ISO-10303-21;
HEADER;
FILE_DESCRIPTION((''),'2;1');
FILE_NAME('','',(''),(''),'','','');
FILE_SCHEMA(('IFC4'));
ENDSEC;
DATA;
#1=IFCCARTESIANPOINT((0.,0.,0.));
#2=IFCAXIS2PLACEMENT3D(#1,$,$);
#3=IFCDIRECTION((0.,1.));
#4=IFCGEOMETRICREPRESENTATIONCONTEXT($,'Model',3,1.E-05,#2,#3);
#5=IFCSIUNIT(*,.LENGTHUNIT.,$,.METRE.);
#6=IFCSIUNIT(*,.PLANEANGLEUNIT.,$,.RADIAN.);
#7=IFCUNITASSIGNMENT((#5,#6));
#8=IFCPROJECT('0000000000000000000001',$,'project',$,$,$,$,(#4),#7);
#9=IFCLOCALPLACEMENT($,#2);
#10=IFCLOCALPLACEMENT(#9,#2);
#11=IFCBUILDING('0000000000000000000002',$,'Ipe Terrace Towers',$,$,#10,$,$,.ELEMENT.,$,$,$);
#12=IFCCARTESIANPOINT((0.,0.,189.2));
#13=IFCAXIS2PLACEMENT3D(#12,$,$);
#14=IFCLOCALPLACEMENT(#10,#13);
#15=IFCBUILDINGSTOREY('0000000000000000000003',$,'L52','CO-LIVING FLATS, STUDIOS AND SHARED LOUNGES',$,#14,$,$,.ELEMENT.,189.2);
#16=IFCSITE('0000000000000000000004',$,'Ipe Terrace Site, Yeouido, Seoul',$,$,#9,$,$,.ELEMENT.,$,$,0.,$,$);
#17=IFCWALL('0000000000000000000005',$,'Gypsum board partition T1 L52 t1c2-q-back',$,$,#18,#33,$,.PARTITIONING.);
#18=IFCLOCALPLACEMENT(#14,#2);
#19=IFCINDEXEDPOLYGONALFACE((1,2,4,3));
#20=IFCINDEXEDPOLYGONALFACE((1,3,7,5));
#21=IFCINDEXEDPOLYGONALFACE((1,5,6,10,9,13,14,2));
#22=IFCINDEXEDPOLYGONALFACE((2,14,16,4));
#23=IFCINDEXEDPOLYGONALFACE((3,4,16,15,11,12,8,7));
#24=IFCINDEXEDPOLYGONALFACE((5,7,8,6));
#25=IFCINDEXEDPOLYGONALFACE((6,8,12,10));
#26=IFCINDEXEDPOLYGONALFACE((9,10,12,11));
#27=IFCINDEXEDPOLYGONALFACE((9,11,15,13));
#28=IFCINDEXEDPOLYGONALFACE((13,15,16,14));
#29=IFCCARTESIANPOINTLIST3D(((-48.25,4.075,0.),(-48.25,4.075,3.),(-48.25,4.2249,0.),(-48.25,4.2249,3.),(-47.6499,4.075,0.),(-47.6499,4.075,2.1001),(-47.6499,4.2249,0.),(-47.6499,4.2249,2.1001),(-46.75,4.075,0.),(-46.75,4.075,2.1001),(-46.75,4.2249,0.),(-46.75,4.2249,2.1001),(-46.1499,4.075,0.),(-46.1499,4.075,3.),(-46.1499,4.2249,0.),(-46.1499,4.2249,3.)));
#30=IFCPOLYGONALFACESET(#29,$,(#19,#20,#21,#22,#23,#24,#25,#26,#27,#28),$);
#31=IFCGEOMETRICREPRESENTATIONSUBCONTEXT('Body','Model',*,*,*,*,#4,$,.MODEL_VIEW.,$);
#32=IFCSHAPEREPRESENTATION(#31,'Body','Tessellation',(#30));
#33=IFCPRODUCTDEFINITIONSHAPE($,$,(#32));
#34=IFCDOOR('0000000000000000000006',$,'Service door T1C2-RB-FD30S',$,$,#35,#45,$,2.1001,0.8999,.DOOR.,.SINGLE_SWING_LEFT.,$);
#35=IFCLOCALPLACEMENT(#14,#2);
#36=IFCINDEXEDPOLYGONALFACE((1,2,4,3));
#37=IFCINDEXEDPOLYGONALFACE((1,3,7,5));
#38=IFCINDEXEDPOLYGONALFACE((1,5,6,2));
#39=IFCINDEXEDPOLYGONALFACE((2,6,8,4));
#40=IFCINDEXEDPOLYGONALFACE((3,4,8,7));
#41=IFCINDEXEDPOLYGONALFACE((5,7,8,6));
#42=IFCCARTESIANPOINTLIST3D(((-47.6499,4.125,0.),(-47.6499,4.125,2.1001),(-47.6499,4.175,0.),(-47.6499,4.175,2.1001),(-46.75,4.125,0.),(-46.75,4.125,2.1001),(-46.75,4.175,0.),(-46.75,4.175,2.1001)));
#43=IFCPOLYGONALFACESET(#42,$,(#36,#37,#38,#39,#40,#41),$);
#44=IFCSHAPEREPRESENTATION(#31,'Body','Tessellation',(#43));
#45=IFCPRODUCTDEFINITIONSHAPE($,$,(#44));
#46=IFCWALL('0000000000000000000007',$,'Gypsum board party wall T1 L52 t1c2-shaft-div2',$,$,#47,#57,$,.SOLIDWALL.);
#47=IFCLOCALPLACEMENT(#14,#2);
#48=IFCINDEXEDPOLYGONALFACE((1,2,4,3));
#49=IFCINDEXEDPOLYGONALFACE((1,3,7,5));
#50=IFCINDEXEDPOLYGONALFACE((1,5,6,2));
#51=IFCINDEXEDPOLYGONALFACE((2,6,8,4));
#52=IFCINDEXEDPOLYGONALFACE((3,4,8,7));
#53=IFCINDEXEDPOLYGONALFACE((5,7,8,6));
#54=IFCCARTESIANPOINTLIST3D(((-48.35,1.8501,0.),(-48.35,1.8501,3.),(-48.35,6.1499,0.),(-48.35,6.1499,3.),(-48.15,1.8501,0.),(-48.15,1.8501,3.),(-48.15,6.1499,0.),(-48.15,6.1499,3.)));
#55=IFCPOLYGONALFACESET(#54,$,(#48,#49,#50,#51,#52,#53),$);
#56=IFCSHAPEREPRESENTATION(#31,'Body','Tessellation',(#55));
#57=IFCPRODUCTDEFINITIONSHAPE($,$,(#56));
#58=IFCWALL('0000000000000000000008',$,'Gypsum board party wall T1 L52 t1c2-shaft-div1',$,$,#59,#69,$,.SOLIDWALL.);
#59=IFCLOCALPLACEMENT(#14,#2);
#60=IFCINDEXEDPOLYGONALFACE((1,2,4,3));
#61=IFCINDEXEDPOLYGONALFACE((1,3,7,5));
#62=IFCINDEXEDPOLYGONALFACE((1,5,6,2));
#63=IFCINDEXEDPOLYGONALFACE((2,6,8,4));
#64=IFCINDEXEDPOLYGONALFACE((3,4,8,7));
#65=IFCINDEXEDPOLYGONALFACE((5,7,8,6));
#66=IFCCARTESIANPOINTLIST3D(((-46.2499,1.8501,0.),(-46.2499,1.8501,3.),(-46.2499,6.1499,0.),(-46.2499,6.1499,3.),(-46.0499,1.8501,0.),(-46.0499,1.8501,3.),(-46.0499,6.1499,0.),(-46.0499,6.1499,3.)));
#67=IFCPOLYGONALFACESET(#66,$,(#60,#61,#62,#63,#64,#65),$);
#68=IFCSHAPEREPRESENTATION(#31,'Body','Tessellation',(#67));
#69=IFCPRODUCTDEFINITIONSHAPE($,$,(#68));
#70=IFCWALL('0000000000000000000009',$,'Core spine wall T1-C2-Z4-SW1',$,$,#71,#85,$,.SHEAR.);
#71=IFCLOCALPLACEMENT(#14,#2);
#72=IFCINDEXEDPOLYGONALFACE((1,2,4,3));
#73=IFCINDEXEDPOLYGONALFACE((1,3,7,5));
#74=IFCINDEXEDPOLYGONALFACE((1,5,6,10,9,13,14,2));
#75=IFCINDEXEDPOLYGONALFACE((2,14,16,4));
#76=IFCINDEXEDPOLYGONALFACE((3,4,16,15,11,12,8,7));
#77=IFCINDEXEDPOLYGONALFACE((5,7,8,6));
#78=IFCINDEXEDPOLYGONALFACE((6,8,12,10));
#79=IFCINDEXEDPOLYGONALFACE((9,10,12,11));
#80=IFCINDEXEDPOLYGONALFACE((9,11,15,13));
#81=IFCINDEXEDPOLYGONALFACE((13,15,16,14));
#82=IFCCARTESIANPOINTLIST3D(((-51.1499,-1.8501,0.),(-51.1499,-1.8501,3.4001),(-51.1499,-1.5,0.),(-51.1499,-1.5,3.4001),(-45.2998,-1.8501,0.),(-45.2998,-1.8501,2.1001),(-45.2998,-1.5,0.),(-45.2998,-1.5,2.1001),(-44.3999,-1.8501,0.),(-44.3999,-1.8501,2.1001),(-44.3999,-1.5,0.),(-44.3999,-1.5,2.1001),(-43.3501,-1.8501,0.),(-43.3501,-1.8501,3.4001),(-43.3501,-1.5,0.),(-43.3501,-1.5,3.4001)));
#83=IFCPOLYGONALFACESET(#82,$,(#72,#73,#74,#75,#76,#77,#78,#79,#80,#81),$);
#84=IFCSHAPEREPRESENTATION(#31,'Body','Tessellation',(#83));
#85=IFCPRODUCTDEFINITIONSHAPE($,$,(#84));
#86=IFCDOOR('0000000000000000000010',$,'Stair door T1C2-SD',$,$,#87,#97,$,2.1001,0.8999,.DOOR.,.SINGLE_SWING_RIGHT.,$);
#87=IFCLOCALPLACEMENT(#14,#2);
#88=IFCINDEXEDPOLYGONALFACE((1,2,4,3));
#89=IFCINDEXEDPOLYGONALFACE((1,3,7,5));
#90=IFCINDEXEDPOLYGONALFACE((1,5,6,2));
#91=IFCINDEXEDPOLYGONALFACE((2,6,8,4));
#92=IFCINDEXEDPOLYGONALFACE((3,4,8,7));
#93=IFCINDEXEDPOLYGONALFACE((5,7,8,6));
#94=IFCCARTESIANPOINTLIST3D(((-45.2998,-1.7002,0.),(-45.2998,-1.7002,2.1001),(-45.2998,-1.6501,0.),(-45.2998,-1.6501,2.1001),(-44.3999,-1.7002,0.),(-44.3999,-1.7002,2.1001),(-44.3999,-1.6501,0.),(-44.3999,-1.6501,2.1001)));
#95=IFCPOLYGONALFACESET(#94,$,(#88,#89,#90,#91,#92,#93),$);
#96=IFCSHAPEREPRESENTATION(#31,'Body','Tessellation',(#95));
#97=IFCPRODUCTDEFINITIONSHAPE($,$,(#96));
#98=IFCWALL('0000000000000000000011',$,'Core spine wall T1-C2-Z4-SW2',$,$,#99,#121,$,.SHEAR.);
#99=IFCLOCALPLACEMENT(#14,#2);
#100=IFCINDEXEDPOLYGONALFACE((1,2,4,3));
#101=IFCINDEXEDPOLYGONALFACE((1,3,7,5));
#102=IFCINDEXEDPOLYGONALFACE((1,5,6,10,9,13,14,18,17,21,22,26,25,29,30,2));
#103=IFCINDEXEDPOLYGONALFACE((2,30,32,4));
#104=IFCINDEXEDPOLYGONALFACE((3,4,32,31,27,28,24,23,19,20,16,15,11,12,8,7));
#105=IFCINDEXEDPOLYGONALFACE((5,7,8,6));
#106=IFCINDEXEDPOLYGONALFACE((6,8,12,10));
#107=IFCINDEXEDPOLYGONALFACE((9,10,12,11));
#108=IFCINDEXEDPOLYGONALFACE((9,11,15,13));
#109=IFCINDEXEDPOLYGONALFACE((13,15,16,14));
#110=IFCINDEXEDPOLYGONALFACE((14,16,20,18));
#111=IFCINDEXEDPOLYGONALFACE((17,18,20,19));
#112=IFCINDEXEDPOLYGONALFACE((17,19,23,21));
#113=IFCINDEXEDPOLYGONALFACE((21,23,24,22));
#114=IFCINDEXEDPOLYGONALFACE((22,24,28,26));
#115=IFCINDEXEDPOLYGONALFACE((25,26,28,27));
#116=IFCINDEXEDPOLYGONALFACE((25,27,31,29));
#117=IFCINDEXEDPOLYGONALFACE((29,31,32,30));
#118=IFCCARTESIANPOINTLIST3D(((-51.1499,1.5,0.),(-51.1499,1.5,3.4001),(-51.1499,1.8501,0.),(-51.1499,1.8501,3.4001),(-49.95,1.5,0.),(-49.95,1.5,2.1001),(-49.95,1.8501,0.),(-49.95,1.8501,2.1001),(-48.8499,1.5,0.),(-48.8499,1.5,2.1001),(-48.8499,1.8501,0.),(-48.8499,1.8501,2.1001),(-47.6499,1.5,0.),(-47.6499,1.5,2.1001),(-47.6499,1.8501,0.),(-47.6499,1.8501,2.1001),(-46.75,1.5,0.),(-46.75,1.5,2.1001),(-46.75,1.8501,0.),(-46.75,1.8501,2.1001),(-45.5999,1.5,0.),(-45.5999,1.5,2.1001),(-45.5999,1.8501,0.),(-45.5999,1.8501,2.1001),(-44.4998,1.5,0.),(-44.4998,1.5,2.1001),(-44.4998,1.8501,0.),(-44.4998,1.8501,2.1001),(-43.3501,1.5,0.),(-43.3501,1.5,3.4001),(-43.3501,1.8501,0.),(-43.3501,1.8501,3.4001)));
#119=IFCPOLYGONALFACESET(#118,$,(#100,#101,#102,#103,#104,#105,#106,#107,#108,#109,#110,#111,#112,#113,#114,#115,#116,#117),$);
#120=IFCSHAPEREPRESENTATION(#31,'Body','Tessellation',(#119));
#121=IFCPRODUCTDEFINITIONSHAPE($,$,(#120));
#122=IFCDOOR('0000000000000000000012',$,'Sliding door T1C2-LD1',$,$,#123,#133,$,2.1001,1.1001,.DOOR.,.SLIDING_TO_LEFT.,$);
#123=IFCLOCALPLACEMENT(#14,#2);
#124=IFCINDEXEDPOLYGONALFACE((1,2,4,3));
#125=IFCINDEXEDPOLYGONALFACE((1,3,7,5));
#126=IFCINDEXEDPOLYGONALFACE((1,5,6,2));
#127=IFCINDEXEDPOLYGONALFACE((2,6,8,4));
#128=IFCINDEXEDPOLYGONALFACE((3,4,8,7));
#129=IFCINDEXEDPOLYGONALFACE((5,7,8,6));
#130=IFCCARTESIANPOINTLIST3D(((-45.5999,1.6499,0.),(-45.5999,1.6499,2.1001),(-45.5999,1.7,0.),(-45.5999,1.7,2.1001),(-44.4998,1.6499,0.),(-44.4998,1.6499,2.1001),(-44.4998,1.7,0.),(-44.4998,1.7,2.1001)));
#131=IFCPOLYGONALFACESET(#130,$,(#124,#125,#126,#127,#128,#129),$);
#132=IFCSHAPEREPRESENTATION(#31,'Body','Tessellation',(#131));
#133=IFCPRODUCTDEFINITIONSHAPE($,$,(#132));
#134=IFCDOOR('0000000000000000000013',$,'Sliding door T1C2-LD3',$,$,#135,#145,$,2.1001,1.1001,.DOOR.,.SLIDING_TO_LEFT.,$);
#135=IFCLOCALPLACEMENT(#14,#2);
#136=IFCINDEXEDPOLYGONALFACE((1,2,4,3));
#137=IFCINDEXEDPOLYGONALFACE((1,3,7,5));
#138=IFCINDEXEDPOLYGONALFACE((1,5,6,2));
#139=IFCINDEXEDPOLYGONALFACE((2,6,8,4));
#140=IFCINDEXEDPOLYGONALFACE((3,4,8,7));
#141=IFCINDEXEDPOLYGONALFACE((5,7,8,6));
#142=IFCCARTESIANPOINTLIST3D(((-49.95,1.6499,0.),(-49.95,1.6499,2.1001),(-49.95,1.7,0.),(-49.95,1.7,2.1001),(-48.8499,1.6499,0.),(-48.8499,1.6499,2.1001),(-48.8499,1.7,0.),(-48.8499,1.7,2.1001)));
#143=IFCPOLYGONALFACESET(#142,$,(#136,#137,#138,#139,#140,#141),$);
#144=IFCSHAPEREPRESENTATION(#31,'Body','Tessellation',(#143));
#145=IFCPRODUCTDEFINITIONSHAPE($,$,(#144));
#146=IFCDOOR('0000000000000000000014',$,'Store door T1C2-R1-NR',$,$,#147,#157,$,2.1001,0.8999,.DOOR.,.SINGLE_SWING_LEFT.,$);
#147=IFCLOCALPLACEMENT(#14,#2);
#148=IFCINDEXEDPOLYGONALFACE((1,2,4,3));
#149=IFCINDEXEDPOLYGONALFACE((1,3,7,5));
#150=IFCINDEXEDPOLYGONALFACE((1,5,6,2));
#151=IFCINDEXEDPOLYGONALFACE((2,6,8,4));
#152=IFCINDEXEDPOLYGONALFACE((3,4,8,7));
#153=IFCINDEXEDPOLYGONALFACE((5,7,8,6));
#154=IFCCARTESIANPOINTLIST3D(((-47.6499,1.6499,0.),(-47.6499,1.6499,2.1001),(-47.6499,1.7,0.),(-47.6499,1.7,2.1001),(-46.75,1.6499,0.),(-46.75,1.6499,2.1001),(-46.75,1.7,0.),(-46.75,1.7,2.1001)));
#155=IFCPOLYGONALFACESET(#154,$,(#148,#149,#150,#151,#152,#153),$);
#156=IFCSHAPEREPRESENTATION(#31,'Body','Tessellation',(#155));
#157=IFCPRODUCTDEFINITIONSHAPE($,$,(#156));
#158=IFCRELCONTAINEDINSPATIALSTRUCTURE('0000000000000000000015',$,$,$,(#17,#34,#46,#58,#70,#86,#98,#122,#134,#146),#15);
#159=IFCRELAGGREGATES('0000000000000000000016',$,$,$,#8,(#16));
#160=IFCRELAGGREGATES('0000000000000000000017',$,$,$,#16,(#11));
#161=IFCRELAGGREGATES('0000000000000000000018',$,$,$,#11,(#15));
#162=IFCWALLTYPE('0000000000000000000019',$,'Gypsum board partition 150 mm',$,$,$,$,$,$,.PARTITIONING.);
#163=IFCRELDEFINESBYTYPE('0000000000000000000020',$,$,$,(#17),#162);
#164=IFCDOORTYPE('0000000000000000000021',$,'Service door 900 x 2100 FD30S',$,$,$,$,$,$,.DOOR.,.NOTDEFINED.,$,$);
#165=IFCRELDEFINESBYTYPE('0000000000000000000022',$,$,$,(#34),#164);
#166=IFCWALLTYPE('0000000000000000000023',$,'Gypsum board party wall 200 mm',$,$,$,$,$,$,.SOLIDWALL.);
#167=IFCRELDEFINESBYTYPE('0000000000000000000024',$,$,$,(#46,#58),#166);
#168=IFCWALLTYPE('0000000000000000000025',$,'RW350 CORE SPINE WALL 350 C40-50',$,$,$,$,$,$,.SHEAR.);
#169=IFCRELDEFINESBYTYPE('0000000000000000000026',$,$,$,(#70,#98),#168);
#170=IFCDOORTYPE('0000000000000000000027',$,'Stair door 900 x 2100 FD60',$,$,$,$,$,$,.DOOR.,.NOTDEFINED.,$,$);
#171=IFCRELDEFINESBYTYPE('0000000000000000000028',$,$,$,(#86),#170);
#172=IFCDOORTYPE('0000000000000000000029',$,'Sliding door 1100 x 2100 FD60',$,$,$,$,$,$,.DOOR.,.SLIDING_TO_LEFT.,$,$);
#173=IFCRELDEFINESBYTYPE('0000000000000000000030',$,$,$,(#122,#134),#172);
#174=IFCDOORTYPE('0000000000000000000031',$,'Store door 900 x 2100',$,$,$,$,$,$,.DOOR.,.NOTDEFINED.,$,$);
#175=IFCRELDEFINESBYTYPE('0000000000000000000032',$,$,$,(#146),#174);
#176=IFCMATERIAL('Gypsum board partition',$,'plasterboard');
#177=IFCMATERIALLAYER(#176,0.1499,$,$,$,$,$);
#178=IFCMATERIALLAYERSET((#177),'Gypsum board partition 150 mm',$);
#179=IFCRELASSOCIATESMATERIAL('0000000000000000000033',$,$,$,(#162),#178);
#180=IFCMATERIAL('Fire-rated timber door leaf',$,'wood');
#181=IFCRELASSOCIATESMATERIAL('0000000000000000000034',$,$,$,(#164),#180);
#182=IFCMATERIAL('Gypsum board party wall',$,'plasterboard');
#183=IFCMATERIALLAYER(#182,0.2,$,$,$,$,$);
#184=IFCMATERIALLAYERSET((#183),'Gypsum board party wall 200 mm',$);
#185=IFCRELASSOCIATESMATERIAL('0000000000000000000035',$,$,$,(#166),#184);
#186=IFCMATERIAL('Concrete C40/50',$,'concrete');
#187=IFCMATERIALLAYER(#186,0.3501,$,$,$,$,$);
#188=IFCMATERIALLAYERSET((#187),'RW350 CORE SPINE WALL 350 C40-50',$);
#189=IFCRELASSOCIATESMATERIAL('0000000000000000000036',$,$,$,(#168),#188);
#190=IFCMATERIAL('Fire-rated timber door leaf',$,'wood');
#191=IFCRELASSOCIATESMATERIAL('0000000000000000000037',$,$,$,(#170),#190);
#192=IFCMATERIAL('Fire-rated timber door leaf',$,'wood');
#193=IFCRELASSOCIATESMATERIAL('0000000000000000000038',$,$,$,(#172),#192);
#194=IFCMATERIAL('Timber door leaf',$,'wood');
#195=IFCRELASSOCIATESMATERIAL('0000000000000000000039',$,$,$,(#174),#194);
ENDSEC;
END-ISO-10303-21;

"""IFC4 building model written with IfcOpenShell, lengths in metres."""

from ifc_helpers import new_model, si_unit, direction, frame, frame_2d, origin, place, context, subcontext, project, spatial, rectangle, extrude, material, layer, layer_set, type_object, element, fill, save


model = new_model("IFC4")

# Units and contexts
model_context = context("Model", 3, precision=1e-05, world=origin(), true_north=direction((0.0, 1.0)))
body_context = subcontext(model_context, "Body", "Model", "MODEL_VIEW")
ifc_project = project(units=[si_unit("LENGTHUNIT", "METRE"), si_unit("PLANEANGLEUNIT", "RADIAN")], contexts=[model_context])

# Site, building, storey
site_placement = place(None, origin())
site = spatial("IfcSite", under=ifc_project, at=site_placement, Name="Ipe Terrace Site, Yeouido, Seoul", CompositionType="ELEMENT", RefElevation=0.0)
building_placement = place(site_placement, origin())
building = spatial("IfcBuilding", under=site, at=building_placement, Name="Ipe Terrace Towers", CompositionType="ELEMENT")
storey_placement = place(building_placement, frame((0.0, 0.0, 189.2)))
storey = spatial("IfcBuildingStorey", under=building, at=storey_placement, Name="L52", Description="CO-LIVING FLATS, STUDIOS AND SHARED LOUNGES", CompositionType="ELEMENT", Elevation=189.2)

# Wall, opening, door
ifc_material_1 = material(Name="Gypsum board partition", Category="plasterboard")
ifc_layer_1 = layer(ifc_material_1, 0.1499)
ifc_layer_set_1 = layer_set([ifc_layer_1], Name="Gypsum board partition 150 mm")
wall_type_1 = type_object("IfcWallType", Name="Gypsum board partition 150 mm", PredefinedType="PARTITIONING", material=ifc_layer_set_1)
wall_1_placement = place(storey_placement, frame((-46.1499, 4.1499, 0.0), z_axis=(0.0, 0.0, 1.0), x_axis=(-1.0, 0.0, 0.0)))
wall_1 = element("IfcWall", 1, at=wall_1_placement, inside=storey, type_object=wall_type_1, Name="Gypsum board partition T1 L52 t1c2-q-back", PredefinedType="PARTITIONING", context=body_context, shape_type="SweptSolid", body=[
    extrude(rectangle(XDim=2.1001, YDim=0.1499, at=frame_2d((1.05, 0.0))), origin(), (0.0, 0.0, 1.0), 3.0),
])
opening_1_placement = place(wall_1_placement, frame((0.6001, 0.0, 0.0)))
opening_1 = element("IfcOpeningElement", 2, at=opening_1_placement, cuts=wall_1, PredefinedType="OPENING", context=body_context, shape_type="SweptSolid", body=[
    extrude(rectangle(XDim=0.8999, YDim=2.1001, at=frame_2d((0.45, 1.05))), frame((0.0, 0.085, 0.0), z_axis=(0.0, -1.0, 0.0), x_axis=(1.0, 0.0, 0.0)), (0.0, 0.0, 1.0), 0.1699),
])
ifc_material_2 = material(Name="Fire-rated timber door leaf", Category="wood")
door_type_1 = type_object("IfcDoorType", Name="Service door 900 x 2100 FD30S", OperationType="NOTDEFINED", PredefinedType="DOOR", material=ifc_material_2)
door_1_placement = place(opening_1_placement, origin())
door_1 = element("IfcDoor", 3, at=door_1_placement, inside=storey, type_object=door_type_1, Name="Service door T1C2-RB-FD30S", OperationType="SINGLE_SWING_LEFT", OverallHeight=2.1001, OverallWidth=0.8999, PredefinedType="DOOR", context=body_context, shape_type="SweptSolid", body=[
    extrude(rectangle(XDim=0.8999, YDim=2.1001, at=frame_2d((0.45, 1.05))), frame((0.0, 0.0249, 0.0), z_axis=(0.0, -1.0, 0.0), x_axis=(1.0, 0.0, 0.0)), (0.0, 0.0, 1.0), 0.05),
])
fill(opening_1, door_1)

# Walls
ifc_material_3 = material(Name="Gypsum board party wall", Category="plasterboard")
ifc_layer_2 = layer(ifc_material_3, 0.2)
ifc_layer_set_2 = layer_set([ifc_layer_2], Name="Gypsum board party wall 200 mm")
wall_type_2 = type_object("IfcWallType", Name="Gypsum board party wall 200 mm", PredefinedType="SOLIDWALL", material=ifc_layer_set_2)
for number, where, z_axis, x_axis, name in (
    (4, (-48.25, 6.1499, 0.0), (0.0, 0.0, 1.0), (0.0, -1.0, 0.0), "Gypsum board party wall T1 L52 t1c2-shaft-div2"),
    (5, (-46.1499, 6.1499, 0.0), (0.0, 0.0, 1.0), (0.0, -1.0, 0.0), "Gypsum board party wall T1 L52 t1c2-shaft-div1"),
):
    element("IfcWall", number, at=place(storey_placement, frame(where, z_axis=z_axis, x_axis=x_axis)), inside=storey, type_object=wall_type_2, Name=name, PredefinedType="SOLIDWALL", context=body_context, shape_type="SweptSolid", body=[
        extrude(rectangle(XDim=4.2998, YDim=0.2, at=frame_2d((2.1499, 0.0))), origin(), (0.0, 0.0, 1.0), 3.0),
    ])

# Wall, opening, door
ifc_material_4 = material(Name="Concrete C40/50", Category="concrete")
ifc_layer_3 = layer(ifc_material_4, 0.3501)
ifc_layer_set_3 = layer_set([ifc_layer_3], Name="RW350 CORE SPINE WALL 350 C40-50")
wall_type_3 = type_object("IfcWallType", Name="RW350 CORE SPINE WALL 350 C40-50", PredefinedType="SHEAR", material=ifc_layer_set_3)
wall_2_placement = place(storey_placement, frame((-51.1499, -1.675, 0.0), z_axis=(0.0, 0.0, 1.0), x_axis=(1.0, 0.0, 0.0)))
wall_2 = element("IfcWall", 6, at=wall_2_placement, inside=storey, type_object=wall_type_3, Name="Core spine wall T1-C2-Z4-SW1", PredefinedType="SHEAR", context=body_context, shape_type="SweptSolid", body=[
    extrude(rectangle(XDim=7.7998, YDim=0.3501, at=frame_2d((3.8999, 0.0))), origin(), (0.0, 0.0, 1.0), 3.4001),
])
opening_2_placement = place(wall_2_placement, frame((5.8501, 0.0, 0.0)))
opening_2 = element("IfcOpeningElement", 7, at=opening_2_placement, cuts=wall_2, PredefinedType="OPENING", context=body_context, shape_type="SweptSolid", body=[
    extrude(rectangle(XDim=0.8999, YDim=2.1001, at=frame_2d((0.45, 1.05))), frame((0.0, 0.1851, 0.0), z_axis=(0.0, -1.0, 0.0), x_axis=(1.0, 0.0, 0.0)), (0.0, 0.0, 1.0), 0.3701),
])
ifc_material_5 = material(Name="Fire-rated timber door leaf", Category="wood")
door_type_2 = type_object("IfcDoorType", Name="Stair door 900 x 2100 FD60", OperationType="NOTDEFINED", PredefinedType="DOOR", material=ifc_material_5)
door_2_placement = place(opening_2_placement, origin())
door_2 = element("IfcDoor", 8, at=door_2_placement, inside=storey, type_object=door_type_2, Name="Stair door T1C2-SD", OperationType="SINGLE_SWING_RIGHT", OverallHeight=2.1001, OverallWidth=0.8999, PredefinedType="DOOR", context=body_context, shape_type="SweptSolid", body=[
    extrude(rectangle(XDim=0.8999, YDim=2.1001, at=frame_2d((0.45, 1.05))), frame((0.0, 0.0249, 0.0), z_axis=(0.0, -1.0, 0.0), x_axis=(1.0, 0.0, 0.0)), (0.0, 0.0, 1.0), 0.05),
])
fill(opening_2, door_2)

# Wall, openings, doors
wall_3_placement = place(storey_placement, frame((-51.1499, 1.675, 0.0), z_axis=(0.0, 0.0, 1.0), x_axis=(1.0, 0.0, 0.0)))
wall_3 = element("IfcWall", 9, at=wall_3_placement, inside=storey, type_object=wall_type_3, Name="Core spine wall T1-C2-Z4-SW2", PredefinedType="SHEAR", context=body_context, shape_type="SweptSolid", body=[
    extrude(rectangle(XDim=7.7998, YDim=0.3501, at=frame_2d((3.8999, 0.0))), origin(), (0.0, 0.0, 1.0), 3.4001),
])
opening_3_placement = place(wall_3_placement, frame((5.55, 0.0, 0.0)))
opening_3 = element("IfcOpeningElement", 10, at=opening_3_placement, cuts=wall_3, PredefinedType="OPENING", context=body_context, shape_type="SweptSolid", body=[
    extrude(rectangle(XDim=1.1001, YDim=2.1001, at=frame_2d((0.55, 1.05))), frame((0.0, 0.1851, 0.0), z_axis=(0.0, -1.0, 0.0), x_axis=(1.0, 0.0, 0.0)), (0.0, 0.0, 1.0), 0.3701),
])
opening_4_placement = place(wall_3_placement, frame((1.2, 0.0, 0.0)))
opening_4 = element("IfcOpeningElement", 11, at=opening_4_placement, cuts=wall_3, PredefinedType="OPENING", context=body_context, shape_type="SweptSolid", body=[
    extrude(rectangle(XDim=1.1001, YDim=2.1001, at=frame_2d((0.55, 1.05))), frame((0.0, 0.1851, 0.0), z_axis=(0.0, -1.0, 0.0), x_axis=(1.0, 0.0, 0.0)), (0.0, 0.0, 1.0), 0.3701),
])
opening_5_placement = place(wall_3_placement, frame((3.5, 0.0, 0.0)))
opening_5 = element("IfcOpeningElement", 12, at=opening_5_placement, cuts=wall_3, PredefinedType="OPENING", context=body_context, shape_type="SweptSolid", body=[
    extrude(rectangle(XDim=0.8999, YDim=2.1001, at=frame_2d((0.45, 1.05))), frame((0.0, 0.1851, 0.0), z_axis=(0.0, -1.0, 0.0), x_axis=(1.0, 0.0, 0.0)), (0.0, 0.0, 1.0), 0.3701),
])
ifc_material_6 = material(Name="Fire-rated timber door leaf", Category="wood")
door_type_3 = type_object("IfcDoorType", Name="Sliding door 1100 x 2100 FD60", OperationType="SLIDING_TO_LEFT", PredefinedType="DOOR", material=ifc_material_6)
door_3_placement = place(opening_3_placement, origin())
door_3 = element("IfcDoor", 13, at=door_3_placement, inside=storey, type_object=door_type_3, Name="Sliding door T1C2-LD1", OperationType="SLIDING_TO_LEFT", OverallHeight=2.1001, OverallWidth=1.1001, PredefinedType="DOOR", context=body_context, shape_type="SweptSolid", body=[
    extrude(rectangle(XDim=1.1001, YDim=2.1001, at=frame_2d((0.55, 1.05))), frame((0.0, 0.0249, 0.0), z_axis=(0.0, -1.0, 0.0), x_axis=(1.0, 0.0, 0.0)), (0.0, 0.0, 1.0), 0.05),
])
fill(opening_3, door_3)
door_4_placement = place(opening_4_placement, origin())
door_4 = element("IfcDoor", 14, at=door_4_placement, inside=storey, type_object=door_type_3, Name="Sliding door T1C2-LD3", OperationType="SLIDING_TO_LEFT", OverallHeight=2.1001, OverallWidth=1.1001, PredefinedType="DOOR", context=body_context, shape_type="SweptSolid", body=[
    extrude(rectangle(XDim=1.1001, YDim=2.1001, at=frame_2d((0.55, 1.05))), frame((0.0, 0.0249, 0.0), z_axis=(0.0, -1.0, 0.0), x_axis=(1.0, 0.0, 0.0)), (0.0, 0.0, 1.0), 0.05),
])
fill(opening_4, door_4)
ifc_material_7 = material(Name="Timber door leaf", Category="wood")
door_type_4 = type_object("IfcDoorType", Name="Store door 900 x 2100", OperationType="NOTDEFINED", PredefinedType="DOOR", material=ifc_material_7)
door_5_placement = place(opening_5_placement, origin())
door_5 = element("IfcDoor", 15, at=door_5_placement, inside=storey, type_object=door_type_4, Name="Store door T1C2-R1-NR", OperationType="SINGLE_SWING_LEFT", OverallHeight=2.1001, OverallWidth=0.8999, PredefinedType="DOOR", context=body_context, shape_type="SweptSolid", body=[
    extrude(rectangle(XDim=0.8999, YDim=2.1001, at=frame_2d((0.45, 1.05))), frame((0.0, 0.0249, 0.0), z_axis=(0.0, -1.0, 0.0), x_axis=(1.0, 0.0, 0.0)), (0.0, 0.0, 1.0), 0.05),
])
fill(opening_5, door_5)

save(model, "model.ifc")
